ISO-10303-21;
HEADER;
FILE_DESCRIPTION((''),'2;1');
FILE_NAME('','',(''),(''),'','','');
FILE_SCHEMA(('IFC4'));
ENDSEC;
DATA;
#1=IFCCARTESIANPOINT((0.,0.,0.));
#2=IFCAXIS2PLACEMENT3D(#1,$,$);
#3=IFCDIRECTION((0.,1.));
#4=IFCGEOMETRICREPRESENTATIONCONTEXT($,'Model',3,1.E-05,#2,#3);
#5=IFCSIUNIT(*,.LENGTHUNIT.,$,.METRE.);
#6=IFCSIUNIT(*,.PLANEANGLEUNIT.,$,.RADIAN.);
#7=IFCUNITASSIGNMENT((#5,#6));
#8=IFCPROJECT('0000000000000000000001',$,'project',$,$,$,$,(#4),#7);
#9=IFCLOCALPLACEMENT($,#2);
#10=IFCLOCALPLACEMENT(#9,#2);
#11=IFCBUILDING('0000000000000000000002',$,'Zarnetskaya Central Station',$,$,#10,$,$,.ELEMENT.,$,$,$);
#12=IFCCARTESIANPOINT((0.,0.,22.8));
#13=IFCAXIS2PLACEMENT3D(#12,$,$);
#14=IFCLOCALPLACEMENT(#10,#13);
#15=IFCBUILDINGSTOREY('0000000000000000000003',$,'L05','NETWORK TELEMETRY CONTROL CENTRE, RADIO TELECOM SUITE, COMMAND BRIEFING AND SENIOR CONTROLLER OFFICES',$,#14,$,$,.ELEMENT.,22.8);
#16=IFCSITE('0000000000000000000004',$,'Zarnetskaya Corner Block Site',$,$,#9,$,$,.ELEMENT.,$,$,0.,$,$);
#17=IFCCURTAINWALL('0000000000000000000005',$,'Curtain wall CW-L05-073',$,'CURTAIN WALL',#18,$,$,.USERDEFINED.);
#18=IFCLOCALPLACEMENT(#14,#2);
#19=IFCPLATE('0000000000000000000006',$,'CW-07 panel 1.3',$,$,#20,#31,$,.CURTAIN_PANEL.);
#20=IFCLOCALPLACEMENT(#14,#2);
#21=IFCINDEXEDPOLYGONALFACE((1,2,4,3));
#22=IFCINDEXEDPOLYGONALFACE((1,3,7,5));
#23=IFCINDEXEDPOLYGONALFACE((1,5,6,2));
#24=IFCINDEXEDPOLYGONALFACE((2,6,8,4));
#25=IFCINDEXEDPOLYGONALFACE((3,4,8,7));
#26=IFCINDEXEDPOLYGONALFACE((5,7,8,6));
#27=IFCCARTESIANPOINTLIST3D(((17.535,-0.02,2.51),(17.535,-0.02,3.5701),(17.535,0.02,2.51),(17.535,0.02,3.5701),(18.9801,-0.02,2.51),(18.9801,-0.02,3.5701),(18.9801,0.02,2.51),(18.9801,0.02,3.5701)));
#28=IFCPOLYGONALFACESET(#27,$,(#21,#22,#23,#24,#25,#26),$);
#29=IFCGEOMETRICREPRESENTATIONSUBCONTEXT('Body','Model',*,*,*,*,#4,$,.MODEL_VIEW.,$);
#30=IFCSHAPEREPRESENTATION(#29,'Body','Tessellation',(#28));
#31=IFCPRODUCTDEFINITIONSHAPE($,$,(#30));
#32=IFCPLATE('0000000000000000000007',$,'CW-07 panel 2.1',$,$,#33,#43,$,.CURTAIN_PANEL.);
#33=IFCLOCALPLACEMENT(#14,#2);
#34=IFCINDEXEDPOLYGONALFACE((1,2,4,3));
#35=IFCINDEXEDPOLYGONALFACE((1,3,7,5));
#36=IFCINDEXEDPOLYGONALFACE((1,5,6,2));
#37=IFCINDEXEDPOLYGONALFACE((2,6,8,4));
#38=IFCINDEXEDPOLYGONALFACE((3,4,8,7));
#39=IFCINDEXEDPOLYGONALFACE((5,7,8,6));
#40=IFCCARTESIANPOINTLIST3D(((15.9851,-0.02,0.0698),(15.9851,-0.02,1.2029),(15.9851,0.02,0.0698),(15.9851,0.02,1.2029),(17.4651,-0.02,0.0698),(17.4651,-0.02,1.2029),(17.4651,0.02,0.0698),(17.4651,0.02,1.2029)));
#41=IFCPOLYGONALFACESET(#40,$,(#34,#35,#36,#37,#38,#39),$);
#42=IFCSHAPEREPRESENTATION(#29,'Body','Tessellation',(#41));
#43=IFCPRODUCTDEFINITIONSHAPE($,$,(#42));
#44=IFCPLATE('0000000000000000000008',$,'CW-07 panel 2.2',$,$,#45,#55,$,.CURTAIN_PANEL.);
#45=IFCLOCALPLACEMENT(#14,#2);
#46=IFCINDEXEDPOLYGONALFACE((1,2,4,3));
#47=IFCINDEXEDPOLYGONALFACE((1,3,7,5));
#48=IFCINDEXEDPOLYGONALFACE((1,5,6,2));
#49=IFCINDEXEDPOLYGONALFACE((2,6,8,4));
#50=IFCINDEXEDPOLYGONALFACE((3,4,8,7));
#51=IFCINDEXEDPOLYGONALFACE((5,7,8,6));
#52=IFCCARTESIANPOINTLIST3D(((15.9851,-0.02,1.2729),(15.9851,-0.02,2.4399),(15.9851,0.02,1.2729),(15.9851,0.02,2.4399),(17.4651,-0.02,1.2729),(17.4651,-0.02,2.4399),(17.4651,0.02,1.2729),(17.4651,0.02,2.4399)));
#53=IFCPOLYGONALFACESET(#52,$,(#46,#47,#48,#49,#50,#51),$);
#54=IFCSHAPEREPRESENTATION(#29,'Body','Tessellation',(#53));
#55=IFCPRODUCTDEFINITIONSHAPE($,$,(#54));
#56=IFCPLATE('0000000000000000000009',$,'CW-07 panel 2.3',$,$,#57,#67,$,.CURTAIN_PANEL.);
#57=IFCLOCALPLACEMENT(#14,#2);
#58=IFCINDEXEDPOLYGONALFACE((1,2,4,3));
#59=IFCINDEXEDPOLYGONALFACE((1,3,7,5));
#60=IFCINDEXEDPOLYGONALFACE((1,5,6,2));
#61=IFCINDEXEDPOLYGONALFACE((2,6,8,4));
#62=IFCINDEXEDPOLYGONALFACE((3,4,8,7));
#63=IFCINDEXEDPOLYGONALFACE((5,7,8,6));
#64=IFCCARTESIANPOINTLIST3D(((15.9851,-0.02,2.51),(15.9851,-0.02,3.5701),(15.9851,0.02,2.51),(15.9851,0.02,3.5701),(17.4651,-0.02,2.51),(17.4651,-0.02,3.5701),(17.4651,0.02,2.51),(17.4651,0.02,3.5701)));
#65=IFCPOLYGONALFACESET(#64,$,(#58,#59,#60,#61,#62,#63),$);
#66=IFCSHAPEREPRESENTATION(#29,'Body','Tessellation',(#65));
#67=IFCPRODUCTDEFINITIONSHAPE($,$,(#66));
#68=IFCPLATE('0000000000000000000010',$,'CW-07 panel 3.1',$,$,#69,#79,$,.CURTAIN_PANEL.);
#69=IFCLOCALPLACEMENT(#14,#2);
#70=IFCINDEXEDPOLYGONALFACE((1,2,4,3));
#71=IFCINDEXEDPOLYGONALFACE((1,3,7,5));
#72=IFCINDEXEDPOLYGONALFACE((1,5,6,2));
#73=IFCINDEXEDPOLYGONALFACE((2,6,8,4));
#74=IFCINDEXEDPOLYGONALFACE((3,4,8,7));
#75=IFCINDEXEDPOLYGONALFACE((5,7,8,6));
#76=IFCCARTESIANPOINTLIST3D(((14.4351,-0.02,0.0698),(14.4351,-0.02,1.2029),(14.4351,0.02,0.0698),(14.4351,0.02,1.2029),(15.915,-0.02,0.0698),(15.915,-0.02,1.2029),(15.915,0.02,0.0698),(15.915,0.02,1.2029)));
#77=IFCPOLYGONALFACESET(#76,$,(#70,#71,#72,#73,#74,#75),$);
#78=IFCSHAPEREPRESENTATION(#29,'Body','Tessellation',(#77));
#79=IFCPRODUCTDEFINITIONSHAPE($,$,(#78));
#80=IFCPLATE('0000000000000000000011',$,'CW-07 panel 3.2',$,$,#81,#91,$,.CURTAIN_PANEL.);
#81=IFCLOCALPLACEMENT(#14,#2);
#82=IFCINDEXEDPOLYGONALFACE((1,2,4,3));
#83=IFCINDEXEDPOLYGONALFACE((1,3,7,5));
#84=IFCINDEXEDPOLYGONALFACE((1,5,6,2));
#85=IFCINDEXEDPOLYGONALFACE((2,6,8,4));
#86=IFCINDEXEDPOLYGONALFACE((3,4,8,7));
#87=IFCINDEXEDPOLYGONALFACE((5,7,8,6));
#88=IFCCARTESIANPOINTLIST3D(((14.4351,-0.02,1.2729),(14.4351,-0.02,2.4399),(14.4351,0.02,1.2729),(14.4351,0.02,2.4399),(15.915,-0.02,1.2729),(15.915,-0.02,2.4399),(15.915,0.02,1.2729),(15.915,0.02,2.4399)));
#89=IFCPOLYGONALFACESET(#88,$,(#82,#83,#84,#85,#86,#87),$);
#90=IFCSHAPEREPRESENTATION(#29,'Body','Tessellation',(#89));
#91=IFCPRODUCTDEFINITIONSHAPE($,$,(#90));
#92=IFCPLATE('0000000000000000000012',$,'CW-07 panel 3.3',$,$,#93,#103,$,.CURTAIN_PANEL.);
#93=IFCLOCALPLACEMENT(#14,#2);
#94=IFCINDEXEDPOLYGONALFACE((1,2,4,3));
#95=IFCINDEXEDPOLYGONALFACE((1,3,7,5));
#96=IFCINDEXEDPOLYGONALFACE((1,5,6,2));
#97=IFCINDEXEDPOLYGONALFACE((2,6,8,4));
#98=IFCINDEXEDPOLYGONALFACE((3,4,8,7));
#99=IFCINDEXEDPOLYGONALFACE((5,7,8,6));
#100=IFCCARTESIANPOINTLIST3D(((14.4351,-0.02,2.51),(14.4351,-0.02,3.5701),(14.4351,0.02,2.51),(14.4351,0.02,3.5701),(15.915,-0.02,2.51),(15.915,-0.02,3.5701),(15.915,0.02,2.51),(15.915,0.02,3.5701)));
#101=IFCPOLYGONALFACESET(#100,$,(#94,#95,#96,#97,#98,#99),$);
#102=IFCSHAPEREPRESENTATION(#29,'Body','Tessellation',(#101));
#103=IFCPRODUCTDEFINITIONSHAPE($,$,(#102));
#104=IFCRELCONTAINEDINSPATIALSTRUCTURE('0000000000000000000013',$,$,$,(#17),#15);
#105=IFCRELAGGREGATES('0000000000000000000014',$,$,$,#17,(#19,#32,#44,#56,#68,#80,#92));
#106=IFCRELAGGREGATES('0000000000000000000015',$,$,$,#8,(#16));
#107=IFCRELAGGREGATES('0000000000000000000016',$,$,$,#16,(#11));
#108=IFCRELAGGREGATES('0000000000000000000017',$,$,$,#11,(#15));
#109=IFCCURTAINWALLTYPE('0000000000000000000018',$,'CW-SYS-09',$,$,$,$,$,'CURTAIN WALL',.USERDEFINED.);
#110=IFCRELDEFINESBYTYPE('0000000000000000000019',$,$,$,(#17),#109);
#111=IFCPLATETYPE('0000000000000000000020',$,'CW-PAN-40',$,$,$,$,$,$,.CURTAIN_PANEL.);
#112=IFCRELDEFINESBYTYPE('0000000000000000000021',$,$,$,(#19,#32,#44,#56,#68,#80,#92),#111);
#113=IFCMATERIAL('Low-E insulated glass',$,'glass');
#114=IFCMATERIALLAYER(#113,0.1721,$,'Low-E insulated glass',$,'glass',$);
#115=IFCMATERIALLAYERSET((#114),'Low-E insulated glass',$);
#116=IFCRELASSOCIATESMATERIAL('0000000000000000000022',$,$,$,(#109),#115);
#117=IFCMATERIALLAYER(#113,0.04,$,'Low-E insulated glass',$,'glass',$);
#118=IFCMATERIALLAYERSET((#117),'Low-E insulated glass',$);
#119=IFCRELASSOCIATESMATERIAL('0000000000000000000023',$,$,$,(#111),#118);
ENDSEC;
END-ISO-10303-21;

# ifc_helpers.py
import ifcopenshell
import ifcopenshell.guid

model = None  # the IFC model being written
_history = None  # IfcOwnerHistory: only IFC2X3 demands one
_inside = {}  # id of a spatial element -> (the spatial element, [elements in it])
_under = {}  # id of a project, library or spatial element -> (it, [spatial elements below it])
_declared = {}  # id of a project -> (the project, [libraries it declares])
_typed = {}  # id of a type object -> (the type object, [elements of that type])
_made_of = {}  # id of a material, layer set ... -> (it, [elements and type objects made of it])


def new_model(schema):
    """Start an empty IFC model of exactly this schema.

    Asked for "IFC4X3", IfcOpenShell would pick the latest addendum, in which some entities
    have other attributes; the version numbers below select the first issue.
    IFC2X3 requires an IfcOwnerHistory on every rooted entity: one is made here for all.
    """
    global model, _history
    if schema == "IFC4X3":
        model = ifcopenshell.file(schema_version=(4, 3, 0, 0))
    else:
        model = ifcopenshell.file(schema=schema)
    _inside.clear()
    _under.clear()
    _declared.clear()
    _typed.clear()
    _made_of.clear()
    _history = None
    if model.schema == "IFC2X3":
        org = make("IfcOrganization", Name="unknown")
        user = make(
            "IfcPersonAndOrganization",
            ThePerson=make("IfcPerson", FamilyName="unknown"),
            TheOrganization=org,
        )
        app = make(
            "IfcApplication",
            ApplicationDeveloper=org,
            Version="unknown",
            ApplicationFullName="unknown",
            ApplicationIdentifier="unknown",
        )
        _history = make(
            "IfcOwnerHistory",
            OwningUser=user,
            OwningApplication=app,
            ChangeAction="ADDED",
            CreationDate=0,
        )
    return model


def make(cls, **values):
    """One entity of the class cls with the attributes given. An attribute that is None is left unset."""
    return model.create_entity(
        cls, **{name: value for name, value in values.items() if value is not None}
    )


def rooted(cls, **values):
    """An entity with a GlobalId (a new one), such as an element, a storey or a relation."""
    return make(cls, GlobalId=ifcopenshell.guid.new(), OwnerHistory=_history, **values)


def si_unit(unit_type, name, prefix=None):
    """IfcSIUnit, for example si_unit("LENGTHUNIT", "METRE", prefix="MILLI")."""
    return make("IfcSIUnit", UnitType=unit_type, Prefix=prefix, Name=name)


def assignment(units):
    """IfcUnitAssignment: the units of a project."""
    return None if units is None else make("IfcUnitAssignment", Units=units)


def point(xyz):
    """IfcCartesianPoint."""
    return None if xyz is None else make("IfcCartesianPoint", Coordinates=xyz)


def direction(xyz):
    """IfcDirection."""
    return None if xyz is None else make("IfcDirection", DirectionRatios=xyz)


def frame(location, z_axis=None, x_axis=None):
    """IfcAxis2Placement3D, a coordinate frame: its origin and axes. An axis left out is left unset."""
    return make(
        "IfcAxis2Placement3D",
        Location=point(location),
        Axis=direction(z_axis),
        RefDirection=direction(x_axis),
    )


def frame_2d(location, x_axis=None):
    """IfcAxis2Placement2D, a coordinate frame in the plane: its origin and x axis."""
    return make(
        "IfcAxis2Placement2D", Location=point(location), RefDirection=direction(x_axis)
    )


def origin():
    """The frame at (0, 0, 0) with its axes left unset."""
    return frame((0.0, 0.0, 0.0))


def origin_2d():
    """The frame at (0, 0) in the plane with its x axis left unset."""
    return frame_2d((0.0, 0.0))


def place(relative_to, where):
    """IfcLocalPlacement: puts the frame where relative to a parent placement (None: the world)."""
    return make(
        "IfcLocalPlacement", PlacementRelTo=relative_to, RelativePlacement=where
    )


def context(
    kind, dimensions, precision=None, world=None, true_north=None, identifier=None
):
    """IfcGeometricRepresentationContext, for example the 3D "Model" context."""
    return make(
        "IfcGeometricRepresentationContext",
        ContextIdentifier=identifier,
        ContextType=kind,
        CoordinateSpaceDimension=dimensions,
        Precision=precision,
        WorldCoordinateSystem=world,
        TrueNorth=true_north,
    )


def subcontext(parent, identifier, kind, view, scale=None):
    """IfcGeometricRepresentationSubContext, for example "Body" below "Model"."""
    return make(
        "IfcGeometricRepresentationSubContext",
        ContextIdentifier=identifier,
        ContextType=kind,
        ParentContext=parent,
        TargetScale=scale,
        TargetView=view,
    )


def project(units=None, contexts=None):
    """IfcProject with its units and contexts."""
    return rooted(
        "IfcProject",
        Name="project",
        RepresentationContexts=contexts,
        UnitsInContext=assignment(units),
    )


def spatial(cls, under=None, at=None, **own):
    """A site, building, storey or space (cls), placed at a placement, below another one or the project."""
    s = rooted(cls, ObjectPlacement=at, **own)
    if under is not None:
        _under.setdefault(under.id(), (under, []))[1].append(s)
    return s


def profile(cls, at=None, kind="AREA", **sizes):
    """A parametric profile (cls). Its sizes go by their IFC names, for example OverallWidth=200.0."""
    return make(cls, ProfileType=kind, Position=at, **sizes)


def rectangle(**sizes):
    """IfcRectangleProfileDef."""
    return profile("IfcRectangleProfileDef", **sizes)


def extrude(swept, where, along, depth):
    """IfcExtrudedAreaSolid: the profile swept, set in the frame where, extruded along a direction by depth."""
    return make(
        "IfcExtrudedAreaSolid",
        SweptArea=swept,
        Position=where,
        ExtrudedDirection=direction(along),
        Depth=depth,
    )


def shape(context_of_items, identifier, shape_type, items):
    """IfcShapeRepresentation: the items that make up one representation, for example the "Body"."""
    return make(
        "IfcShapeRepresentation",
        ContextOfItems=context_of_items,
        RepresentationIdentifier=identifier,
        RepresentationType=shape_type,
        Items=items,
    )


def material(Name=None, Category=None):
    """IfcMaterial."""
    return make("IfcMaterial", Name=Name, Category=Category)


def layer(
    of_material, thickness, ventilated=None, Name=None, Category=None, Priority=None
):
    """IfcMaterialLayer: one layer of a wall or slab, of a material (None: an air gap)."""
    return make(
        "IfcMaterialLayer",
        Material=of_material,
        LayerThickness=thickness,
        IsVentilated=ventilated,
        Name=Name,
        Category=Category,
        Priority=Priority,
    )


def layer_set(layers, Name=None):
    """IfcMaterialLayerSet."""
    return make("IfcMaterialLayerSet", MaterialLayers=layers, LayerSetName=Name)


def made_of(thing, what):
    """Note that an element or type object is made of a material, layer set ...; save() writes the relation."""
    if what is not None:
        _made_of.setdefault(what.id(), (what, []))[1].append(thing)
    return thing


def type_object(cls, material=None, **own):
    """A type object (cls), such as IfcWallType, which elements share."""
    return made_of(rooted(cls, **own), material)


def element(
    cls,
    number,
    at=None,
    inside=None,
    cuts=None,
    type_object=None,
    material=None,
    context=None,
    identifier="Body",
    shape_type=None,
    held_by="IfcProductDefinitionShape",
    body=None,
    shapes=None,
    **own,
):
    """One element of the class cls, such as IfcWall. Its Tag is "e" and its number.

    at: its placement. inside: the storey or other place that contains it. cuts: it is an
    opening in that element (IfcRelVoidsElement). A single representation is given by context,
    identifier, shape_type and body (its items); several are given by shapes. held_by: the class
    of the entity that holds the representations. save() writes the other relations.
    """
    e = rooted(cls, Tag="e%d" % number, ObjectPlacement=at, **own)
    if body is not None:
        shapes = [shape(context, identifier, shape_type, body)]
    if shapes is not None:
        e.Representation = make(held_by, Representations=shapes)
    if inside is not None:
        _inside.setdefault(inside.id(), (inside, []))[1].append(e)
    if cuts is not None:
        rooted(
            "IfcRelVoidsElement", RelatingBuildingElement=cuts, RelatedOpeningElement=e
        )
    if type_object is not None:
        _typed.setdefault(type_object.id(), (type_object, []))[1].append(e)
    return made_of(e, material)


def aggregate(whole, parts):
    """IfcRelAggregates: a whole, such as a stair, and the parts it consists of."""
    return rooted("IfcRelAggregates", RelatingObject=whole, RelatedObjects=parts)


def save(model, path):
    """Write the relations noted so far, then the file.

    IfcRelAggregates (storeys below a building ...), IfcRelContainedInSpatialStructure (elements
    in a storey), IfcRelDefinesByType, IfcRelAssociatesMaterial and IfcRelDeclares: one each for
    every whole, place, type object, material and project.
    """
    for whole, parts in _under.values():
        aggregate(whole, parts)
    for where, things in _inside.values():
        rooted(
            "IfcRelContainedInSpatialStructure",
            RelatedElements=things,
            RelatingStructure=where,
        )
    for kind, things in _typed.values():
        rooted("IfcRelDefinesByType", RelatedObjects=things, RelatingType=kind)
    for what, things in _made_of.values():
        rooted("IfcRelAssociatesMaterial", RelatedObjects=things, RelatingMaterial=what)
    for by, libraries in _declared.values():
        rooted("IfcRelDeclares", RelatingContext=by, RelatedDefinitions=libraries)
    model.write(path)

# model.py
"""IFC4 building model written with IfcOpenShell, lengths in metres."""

from ifc_helpers import new_model, si_unit, direction, frame, origin, origin_2d, place, context, subcontext, project, spatial, rectangle, extrude, material, layer, layer_set, type_object, element, aggregate, save


model = new_model("IFC4")

# Units and contexts
model_context = context("Model", 3, precision=1e-05, world=origin(), true_north=direction((0.0, 1.0)))
body_context = subcontext(model_context, "Body", "Model", "MODEL_VIEW")
ifc_project = project(units=[si_unit("LENGTHUNIT", "METRE"), si_unit("PLANEANGLEUNIT", "RADIAN")], contexts=[model_context])

# Site, building, storey
site_placement = place(None, origin())
site = spatial("IfcSite", under=ifc_project, at=site_placement, Name="Zarnetskaya Corner Block Site", CompositionType="ELEMENT", RefElevation=0.0)
building_placement = place(site_placement, origin())
building = spatial("IfcBuilding", under=site, at=building_placement, Name="Zarnetskaya Central Station", CompositionType="ELEMENT")
storey_placement = place(building_placement, frame((0.0, 0.0, 22.8)))
storey = spatial("IfcBuildingStorey", under=building, at=storey_placement, Name="L05", Description="NETWORK TELEMETRY CONTROL CENTRE, RADIO TELECOM SUITE, COMMAND BRIEFING AND SENIOR CONTROLLER OFFICES", CompositionType="ELEMENT", Elevation=22.8)

# Curtain wall, plates
ifc_material_1 = material(Name="Low-E insulated glass", Category="glass")
ifc_layer_1 = layer(ifc_material_1, 0.1721, Name="Low-E insulated glass", Category="glass")
ifc_layer_set_1 = layer_set([ifc_layer_1], Name="Low-E insulated glass")
curtain_wall_type = type_object("IfcCurtainWallType", Name="CW-SYS-09", ElementType="CURTAIN WALL", PredefinedType="USERDEFINED", material=ifc_layer_set_1)
curtain_wall_placement = place(storey_placement, origin())
curtain_wall = element("IfcCurtainWall", 1, at=curtain_wall_placement, inside=storey, type_object=curtain_wall_type, Name="Curtain wall CW-L05-073", ObjectType="CURTAIN WALL", PredefinedType="USERDEFINED")
ifc_layer_2 = layer(ifc_material_1, 0.04, Name="Low-E insulated glass", Category="glass")
ifc_layer_set_2 = layer_set([ifc_layer_2], Name="Low-E insulated glass")
plate_type = type_object("IfcPlateType", Name="CW-PAN-40", PredefinedType="CURTAIN_PANEL", material=ifc_layer_set_2)
plate_1_placement = place(storey_placement, frame((18.2576, 0.0, 2.51), z_axis=(0.0, 0.0, 1.0), x_axis=(-1.0, 0.0, 0.0)))
plate_1 = element("IfcPlate", 2, at=plate_1_placement, type_object=plate_type, Name="CW-07 panel 1.3", PredefinedType="CURTAIN_PANEL", context=body_context, shape_type="SweptSolid", body=[
    extrude(rectangle(XDim=1.4451, YDim=0.04, at=origin_2d()), origin(), (0.0, 0.0, 1.0), 1.0601),
])
plate_2_placement = place(storey_placement, frame((16.7251, 0.0, 0.0698), z_axis=(0.0, 0.0, 1.0), x_axis=(-1.0, 0.0, 0.0)))
plate_2 = element("IfcPlate", 3, at=plate_2_placement, type_object=plate_type, Name="CW-07 panel 2.1", PredefinedType="CURTAIN_PANEL", context=body_context, shape_type="SweptSolid", body=[
    extrude(rectangle(XDim=1.48, YDim=0.04, at=origin_2d()), origin(), (0.0, 0.0, 1.0), 1.1331),
])
plate_3_placement = place(storey_placement, frame((16.7251, 0.0, 1.2729), z_axis=(0.0, 0.0, 1.0), x_axis=(-1.0, 0.0, 0.0)))
plate_3 = element("IfcPlate", 4, at=plate_3_placement, type_object=plate_type, Name="CW-07 panel 2.2", PredefinedType="CURTAIN_PANEL", context=body_context, shape_type="SweptSolid", body=[
    extrude(rectangle(XDim=1.48, YDim=0.04, at=origin_2d()), origin(), (0.0, 0.0, 1.0), 1.167),
])
plate_4_placement = place(storey_placement, frame((16.7251, 0.0, 2.51), z_axis=(0.0, 0.0, 1.0), x_axis=(-1.0, 0.0, 0.0)))
plate_4 = element("IfcPlate", 5, at=plate_4_placement, type_object=plate_type, Name="CW-07 panel 2.3", PredefinedType="CURTAIN_PANEL", context=body_context, shape_type="SweptSolid", body=[
    extrude(rectangle(XDim=1.48, YDim=0.04, at=origin_2d()), origin(), (0.0, 0.0, 1.0), 1.0601),
])
plate_5_placement = place(storey_placement, frame((15.175, 0.0, 0.0698), z_axis=(0.0, 0.0, 1.0), x_axis=(-1.0, 0.0, 0.0)))
plate_5 = element("IfcPlate", 6, at=plate_5_placement, type_object=plate_type, Name="CW-07 panel 3.1", PredefinedType="CURTAIN_PANEL", context=body_context, shape_type="SweptSolid", body=[
    extrude(rectangle(XDim=1.48, YDim=0.04, at=origin_2d()), origin(), (0.0, 0.0, 1.0), 1.1331),
])
plate_6_placement = place(storey_placement, frame((15.175, 0.0, 1.2729), z_axis=(0.0, 0.0, 1.0), x_axis=(-1.0, 0.0, 0.0)))
plate_6 = element("IfcPlate", 7, at=plate_6_placement, type_object=plate_type, Name="CW-07 panel 3.2", PredefinedType="CURTAIN_PANEL", context=body_context, shape_type="SweptSolid", body=[
    extrude(rectangle(XDim=1.48, YDim=0.04, at=origin_2d()), origin(), (0.0, 0.0, 1.0), 1.167),
])
plate_7_placement = place(storey_placement, frame((15.175, 0.0, 2.51), z_axis=(0.0, 0.0, 1.0), x_axis=(-1.0, 0.0, 0.0)))
plate_7 = element("IfcPlate", 8, at=plate_7_placement, type_object=plate_type, Name="CW-07 panel 3.3", PredefinedType="CURTAIN_PANEL", context=body_context, shape_type="SweptSolid", body=[
    extrude(rectangle(XDim=1.48, YDim=0.04, at=origin_2d()), origin(), (0.0, 0.0, 1.0), 1.0601),
])
aggregate(curtain_wall, [plate_1, plate_2, plate_3, plate_4, plate_5, plate_6, plate_7])

save(model, "model.ifc")
